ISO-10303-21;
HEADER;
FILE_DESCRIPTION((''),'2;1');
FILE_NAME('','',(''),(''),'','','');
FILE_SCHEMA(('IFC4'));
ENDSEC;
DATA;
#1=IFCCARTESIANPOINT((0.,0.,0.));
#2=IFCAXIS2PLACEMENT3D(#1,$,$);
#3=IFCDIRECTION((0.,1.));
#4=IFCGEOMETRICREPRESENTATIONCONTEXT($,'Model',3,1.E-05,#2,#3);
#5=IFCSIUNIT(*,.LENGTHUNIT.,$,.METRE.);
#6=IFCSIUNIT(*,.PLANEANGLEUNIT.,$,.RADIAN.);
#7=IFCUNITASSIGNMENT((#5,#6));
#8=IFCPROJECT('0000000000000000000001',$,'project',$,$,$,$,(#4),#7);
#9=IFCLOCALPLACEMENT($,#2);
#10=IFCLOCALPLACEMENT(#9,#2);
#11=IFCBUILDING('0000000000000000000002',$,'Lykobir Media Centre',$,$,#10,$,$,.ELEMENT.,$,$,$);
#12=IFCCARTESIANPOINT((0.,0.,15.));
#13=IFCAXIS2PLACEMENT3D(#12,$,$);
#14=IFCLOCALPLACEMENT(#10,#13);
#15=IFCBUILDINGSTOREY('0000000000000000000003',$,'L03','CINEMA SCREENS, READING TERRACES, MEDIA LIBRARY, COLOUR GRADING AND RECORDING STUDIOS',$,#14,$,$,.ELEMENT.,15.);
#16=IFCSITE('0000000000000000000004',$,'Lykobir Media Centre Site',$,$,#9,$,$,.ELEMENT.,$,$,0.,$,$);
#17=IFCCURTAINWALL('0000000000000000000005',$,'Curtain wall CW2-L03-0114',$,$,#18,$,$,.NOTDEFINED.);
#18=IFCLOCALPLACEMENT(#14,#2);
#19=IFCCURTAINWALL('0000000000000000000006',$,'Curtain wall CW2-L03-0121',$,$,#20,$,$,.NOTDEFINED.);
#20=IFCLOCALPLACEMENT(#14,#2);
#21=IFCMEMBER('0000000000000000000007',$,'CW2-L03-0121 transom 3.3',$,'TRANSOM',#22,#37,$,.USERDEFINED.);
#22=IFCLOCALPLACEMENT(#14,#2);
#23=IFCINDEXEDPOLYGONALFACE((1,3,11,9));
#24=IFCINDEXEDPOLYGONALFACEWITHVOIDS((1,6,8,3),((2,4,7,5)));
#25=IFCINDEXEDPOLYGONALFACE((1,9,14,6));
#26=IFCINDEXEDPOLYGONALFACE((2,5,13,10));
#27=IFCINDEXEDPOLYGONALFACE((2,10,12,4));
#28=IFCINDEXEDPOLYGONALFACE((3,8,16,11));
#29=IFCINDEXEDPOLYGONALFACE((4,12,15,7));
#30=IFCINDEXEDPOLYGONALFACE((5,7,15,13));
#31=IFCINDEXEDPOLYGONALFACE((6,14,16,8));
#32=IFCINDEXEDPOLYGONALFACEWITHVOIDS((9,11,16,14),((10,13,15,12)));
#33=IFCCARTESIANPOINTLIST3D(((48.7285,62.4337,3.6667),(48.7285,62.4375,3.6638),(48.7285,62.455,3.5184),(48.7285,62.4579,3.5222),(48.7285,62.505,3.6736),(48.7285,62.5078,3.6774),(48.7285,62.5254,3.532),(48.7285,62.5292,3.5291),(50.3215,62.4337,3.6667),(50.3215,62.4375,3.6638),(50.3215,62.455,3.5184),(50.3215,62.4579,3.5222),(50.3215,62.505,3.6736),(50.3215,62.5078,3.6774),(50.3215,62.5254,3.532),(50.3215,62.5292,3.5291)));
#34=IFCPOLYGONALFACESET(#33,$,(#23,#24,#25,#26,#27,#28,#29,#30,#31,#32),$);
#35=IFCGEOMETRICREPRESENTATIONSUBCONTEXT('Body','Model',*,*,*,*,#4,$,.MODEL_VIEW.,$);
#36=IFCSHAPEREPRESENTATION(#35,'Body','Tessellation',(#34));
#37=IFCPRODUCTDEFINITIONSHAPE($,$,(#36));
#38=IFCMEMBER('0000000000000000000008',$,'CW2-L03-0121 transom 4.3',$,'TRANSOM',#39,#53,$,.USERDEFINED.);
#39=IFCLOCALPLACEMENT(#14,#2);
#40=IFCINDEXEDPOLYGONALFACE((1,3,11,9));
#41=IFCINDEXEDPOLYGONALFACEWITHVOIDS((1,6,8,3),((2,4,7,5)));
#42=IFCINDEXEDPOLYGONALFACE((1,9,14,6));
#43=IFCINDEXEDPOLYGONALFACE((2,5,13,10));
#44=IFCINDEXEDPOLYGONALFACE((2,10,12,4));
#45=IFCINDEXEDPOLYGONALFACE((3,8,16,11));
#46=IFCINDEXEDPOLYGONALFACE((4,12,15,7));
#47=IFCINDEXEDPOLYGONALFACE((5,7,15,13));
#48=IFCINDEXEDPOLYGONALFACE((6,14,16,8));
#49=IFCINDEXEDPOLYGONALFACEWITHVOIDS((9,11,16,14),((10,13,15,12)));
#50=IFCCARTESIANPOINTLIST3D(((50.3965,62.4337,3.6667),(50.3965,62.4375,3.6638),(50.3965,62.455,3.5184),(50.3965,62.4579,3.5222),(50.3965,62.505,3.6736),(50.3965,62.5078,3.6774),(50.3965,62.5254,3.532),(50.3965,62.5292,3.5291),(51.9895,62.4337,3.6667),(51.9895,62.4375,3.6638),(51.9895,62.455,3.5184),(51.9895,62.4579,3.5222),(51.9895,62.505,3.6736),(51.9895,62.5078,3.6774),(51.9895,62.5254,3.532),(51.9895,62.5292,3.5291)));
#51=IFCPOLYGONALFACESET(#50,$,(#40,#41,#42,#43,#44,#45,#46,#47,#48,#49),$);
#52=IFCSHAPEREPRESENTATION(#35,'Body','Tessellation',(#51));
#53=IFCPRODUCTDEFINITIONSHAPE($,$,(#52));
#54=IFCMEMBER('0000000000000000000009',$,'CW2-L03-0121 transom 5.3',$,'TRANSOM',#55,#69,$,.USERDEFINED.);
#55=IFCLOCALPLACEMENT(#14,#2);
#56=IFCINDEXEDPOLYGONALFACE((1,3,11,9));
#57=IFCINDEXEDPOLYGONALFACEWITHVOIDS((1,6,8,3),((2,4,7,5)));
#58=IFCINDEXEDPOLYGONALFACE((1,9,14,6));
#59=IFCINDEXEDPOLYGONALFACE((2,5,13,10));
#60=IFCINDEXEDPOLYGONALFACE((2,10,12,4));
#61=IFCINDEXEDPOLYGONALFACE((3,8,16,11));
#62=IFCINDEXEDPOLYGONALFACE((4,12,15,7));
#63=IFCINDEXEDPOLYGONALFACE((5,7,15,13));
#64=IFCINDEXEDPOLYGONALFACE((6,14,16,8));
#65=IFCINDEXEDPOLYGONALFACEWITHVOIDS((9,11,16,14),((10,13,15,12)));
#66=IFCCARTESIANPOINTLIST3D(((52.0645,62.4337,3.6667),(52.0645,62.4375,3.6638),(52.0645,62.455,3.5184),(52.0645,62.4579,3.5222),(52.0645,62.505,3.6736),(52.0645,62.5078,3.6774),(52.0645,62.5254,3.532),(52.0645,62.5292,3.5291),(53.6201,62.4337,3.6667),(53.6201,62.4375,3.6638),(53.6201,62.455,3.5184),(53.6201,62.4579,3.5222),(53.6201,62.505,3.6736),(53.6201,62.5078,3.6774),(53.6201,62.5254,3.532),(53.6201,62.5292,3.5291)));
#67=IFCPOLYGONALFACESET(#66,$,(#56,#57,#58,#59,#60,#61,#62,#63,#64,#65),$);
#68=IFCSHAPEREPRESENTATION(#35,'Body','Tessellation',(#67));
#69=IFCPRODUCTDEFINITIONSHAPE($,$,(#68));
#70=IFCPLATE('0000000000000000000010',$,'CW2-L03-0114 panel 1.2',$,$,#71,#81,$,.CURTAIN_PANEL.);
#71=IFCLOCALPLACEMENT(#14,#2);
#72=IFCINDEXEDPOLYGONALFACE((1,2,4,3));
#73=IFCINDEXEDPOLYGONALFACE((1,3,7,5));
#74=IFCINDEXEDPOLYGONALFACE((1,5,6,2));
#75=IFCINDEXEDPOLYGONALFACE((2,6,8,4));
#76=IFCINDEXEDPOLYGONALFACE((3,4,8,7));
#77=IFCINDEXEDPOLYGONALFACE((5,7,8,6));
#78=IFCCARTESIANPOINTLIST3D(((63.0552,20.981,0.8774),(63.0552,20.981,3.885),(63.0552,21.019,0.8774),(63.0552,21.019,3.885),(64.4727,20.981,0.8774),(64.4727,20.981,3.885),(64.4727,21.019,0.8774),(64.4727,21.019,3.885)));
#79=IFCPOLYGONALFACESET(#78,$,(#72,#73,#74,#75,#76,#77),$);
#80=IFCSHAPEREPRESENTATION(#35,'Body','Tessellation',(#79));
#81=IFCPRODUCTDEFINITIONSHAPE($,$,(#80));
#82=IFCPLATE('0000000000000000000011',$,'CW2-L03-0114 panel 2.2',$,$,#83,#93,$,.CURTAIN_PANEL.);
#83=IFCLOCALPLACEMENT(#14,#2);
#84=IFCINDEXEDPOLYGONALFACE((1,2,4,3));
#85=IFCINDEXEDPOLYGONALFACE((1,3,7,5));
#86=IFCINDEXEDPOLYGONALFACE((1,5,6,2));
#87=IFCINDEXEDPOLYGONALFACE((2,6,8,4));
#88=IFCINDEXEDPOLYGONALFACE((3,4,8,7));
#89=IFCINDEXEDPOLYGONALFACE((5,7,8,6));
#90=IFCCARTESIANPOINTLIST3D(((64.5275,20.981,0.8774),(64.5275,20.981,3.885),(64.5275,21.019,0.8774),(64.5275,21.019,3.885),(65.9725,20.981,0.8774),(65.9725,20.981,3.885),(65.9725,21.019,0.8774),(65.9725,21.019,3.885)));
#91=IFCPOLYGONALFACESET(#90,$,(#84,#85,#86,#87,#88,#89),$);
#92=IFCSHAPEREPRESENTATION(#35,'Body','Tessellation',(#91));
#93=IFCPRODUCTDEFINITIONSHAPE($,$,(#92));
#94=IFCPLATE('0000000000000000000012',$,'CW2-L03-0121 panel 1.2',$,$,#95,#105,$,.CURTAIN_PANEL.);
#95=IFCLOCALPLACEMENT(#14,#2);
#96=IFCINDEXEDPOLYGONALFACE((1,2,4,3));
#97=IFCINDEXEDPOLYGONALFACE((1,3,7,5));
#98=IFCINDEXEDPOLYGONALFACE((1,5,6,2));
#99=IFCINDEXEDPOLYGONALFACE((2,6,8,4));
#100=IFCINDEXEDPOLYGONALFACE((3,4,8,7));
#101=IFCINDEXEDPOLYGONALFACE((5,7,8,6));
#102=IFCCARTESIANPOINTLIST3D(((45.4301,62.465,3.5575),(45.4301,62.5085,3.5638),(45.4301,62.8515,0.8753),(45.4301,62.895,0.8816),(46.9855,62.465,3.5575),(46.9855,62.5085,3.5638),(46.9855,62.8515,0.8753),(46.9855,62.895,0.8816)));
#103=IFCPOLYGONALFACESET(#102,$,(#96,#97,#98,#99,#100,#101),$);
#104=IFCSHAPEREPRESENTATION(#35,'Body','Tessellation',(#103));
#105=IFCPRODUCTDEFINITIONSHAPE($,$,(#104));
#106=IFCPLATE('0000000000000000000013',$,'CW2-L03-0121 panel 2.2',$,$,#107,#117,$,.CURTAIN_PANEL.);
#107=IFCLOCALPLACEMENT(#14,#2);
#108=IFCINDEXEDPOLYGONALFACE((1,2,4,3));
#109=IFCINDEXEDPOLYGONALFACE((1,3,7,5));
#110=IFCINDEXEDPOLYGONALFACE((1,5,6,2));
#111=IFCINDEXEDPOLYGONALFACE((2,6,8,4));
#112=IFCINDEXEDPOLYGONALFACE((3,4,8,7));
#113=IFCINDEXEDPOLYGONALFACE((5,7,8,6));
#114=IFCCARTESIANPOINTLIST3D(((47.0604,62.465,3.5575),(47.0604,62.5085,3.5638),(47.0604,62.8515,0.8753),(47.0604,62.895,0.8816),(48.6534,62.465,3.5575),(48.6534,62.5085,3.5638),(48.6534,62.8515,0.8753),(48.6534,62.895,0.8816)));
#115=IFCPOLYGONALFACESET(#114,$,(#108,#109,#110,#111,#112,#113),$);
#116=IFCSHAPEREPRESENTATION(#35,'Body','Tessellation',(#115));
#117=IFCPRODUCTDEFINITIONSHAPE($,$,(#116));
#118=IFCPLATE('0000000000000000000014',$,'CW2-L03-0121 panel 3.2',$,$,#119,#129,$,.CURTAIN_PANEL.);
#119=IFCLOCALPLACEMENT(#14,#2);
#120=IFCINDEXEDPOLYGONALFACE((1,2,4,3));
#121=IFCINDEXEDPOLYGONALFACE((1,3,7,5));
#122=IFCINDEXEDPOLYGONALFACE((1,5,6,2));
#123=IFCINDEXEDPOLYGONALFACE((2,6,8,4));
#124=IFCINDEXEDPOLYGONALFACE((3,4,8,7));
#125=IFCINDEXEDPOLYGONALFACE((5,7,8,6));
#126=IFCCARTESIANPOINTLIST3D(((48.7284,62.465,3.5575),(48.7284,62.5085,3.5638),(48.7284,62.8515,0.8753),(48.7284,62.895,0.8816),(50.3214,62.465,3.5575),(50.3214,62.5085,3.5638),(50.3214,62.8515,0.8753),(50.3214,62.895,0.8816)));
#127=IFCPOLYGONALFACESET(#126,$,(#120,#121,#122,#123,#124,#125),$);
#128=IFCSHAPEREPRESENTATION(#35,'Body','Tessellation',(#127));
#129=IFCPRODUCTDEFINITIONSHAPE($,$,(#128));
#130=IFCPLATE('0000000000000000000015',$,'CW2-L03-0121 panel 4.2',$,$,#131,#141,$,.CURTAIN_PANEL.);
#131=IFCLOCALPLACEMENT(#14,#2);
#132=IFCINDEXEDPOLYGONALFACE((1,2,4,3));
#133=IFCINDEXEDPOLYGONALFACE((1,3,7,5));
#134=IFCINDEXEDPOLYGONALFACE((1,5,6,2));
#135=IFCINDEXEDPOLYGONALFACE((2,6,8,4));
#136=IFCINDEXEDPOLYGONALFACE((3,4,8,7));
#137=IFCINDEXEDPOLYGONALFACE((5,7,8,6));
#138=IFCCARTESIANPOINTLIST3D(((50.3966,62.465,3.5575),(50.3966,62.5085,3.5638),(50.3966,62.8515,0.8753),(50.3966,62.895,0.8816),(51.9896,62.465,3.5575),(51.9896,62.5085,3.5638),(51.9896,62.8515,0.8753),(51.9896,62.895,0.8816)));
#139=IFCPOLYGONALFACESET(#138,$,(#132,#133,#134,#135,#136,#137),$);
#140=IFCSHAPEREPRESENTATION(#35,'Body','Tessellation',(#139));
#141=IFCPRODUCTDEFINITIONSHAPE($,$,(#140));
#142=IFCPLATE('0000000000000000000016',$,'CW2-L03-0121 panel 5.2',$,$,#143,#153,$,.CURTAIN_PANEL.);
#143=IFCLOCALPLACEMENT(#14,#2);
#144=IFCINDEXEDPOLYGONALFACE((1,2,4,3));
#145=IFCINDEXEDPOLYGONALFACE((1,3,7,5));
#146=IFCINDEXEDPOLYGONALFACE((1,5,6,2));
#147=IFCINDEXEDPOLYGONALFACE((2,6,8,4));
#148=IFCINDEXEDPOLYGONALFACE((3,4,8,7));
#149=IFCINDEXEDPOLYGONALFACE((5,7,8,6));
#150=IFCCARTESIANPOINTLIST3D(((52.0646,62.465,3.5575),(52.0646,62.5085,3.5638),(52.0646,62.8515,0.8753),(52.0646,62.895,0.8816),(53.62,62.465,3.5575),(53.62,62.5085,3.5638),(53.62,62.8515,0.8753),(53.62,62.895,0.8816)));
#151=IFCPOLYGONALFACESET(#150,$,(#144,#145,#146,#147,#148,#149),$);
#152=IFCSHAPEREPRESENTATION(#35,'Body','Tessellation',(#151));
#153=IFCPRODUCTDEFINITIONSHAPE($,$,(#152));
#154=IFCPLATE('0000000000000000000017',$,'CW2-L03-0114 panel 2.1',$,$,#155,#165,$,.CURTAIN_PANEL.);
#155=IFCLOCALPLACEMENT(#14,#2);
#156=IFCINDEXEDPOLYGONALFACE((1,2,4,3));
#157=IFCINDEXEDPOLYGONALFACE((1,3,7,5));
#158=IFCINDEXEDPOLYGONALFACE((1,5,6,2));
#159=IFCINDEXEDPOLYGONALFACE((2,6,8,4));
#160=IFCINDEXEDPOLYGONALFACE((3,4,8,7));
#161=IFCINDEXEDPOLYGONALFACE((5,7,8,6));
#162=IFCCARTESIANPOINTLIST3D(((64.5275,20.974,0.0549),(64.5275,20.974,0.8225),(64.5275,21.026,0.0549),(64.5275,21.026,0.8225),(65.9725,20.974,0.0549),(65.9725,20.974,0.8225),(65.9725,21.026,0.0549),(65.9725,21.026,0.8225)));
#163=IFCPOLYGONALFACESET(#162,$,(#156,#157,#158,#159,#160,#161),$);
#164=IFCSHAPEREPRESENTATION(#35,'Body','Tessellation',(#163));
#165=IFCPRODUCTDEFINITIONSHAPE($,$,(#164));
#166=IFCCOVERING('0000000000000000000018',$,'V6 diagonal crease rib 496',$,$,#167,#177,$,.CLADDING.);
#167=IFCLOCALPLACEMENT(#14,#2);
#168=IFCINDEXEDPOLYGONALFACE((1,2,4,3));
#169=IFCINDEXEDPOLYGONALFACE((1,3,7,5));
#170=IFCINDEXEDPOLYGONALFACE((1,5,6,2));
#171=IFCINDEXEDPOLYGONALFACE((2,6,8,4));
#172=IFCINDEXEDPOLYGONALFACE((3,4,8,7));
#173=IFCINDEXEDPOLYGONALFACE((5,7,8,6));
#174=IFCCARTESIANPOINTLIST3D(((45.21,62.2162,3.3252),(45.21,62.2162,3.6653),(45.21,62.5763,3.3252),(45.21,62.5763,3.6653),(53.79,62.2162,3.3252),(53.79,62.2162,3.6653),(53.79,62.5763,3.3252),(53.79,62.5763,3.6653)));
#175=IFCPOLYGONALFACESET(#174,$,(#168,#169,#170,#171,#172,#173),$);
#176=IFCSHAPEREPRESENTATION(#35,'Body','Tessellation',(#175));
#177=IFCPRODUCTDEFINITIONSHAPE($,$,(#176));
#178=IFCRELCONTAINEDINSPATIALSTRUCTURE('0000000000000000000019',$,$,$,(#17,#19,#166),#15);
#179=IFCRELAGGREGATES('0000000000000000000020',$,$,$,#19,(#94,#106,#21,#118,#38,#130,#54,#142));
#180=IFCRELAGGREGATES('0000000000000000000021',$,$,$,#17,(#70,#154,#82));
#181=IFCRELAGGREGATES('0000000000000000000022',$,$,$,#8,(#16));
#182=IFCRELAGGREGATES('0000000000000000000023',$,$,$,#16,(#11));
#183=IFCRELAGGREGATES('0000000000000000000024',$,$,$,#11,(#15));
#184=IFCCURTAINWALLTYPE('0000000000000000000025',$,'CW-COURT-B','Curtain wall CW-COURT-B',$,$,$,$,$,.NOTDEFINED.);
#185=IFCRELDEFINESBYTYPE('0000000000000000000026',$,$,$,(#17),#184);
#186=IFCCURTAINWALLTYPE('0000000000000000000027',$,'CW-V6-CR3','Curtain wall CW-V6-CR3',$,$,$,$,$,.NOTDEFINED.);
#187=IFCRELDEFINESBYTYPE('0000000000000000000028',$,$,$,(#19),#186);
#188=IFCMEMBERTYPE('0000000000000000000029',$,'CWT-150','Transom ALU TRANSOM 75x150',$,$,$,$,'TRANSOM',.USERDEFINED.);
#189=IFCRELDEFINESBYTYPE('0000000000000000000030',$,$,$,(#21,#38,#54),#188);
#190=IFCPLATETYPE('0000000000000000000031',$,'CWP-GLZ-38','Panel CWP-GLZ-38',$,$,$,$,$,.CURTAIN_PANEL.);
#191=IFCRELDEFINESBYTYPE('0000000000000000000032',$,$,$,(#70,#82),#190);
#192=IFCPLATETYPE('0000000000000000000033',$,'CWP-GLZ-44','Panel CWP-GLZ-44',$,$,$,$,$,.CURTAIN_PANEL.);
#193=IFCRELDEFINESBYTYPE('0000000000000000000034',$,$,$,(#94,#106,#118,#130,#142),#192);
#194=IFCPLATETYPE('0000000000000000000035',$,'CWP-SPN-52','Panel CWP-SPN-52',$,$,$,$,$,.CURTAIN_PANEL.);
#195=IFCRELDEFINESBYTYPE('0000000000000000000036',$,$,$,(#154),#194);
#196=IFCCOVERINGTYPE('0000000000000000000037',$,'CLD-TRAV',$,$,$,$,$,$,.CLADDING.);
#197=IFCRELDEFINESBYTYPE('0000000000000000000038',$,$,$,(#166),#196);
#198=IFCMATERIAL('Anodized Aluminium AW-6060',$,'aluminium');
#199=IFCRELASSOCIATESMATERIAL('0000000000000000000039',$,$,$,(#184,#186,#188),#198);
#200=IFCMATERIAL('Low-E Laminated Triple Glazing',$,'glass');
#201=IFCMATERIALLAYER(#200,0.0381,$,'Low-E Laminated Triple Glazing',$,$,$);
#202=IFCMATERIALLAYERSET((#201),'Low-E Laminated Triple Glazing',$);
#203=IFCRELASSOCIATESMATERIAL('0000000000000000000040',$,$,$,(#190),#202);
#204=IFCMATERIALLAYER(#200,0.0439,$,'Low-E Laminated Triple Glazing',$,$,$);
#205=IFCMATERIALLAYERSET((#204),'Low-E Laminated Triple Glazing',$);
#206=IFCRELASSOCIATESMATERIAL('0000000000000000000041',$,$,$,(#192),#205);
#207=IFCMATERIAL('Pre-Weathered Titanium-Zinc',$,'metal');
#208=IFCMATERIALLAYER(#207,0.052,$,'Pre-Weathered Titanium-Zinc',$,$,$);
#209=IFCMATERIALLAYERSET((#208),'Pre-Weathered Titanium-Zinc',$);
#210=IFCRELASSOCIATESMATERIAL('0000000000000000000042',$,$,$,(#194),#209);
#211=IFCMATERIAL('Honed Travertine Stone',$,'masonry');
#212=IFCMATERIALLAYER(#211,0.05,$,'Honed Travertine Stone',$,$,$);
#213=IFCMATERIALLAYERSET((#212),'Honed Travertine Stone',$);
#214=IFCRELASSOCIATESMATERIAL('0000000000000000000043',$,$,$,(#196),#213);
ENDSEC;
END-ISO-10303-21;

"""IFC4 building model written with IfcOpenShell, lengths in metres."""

from ifc_helpers import new_model, si_unit, direction, frame, origin, origin_2d, place, context, subcontext, project, spatial, rectangle, hollow_rectangle, extrude, material, layer, layer_set, material_profile, profile_set, type_object, element, aggregate, save


model = new_model("IFC4")

# Units and contexts
model_context = context("Model", 3, precision=1e-05, world=origin(), true_north=direction((0.0, 1.0)))
body_context = subcontext(model_context, "Body", "Model", "MODEL_VIEW")
ifc_project = project(units=[si_unit("LENGTHUNIT", "METRE"), si_unit("PLANEANGLEUNIT", "RADIAN")], contexts=[model_context])

# Site, building, storey
site_placement = place(None, origin())
site = spatial("IfcSite", under=ifc_project, at=site_placement, Name="Lykobir Media Centre Site", CompositionType="ELEMENT", RefElevation=0.0)
building_placement = place(site_placement, origin())
building = spatial("IfcBuilding", under=site, at=building_placement, Name="Lykobir Media Centre", CompositionType="ELEMENT")
storey_placement = place(building_placement, frame((0.0, 0.0, 15.0)))
storey = spatial("IfcBuildingStorey", under=building, at=storey_placement, Name="L03", Description="CINEMA SCREENS, READING TERRACES, MEDIA LIBRARY, COLOUR GRADING AND RECORDING STUDIOS", CompositionType="ELEMENT", Elevation=15.0)

# Curtain walls, members
ifc_material_1 = material(Name="Anodized Aluminium AW-6060", Category="aluminium")
curtain_wall_type_1 = type_object("IfcCurtainWallType", Name="CW-COURT-B", Description="Curtain wall CW-COURT-B", PredefinedType="NOTDEFINED", material=ifc_material_1)
curtain_wall_1_placement = place(storey_placement, origin())
curtain_wall_1 = element("IfcCurtainWall", 1, at=curtain_wall_1_placement, inside=storey, type_object=curtain_wall_type_1, Name="Curtain wall CW2-L03-0114", PredefinedType="NOTDEFINED")
curtain_wall_type_2 = type_object("IfcCurtainWallType", Name="CW-V6-CR3", Description="Curtain wall CW-V6-CR3", PredefinedType="NOTDEFINED", material=ifc_material_1)
curtain_wall_2_placement = place(storey_placement, origin())
curtain_wall_2 = element("IfcCurtainWall", 2, at=curtain_wall_2_placement, inside=storey, type_object=curtain_wall_type_2, Name="Curtain wall CW2-L03-0121", PredefinedType="NOTDEFINED")
ifc_material_profile_1 = material_profile(ifc_material_1, hollow_rectangle(XDim=0.075, YDim=0.1499, WallThickness=0.0034, at=origin_2d()), Name="ALU TRANSOM 75x150")
ifc_profile_set_1 = profile_set([ifc_material_profile_1], Name="Anodized Aluminium AW-6060")
member_type_1 = type_object("IfcMemberType", Name="CWT-150", Description="Transom ALU TRANSOM 75x150", ElementType="TRANSOM", PredefinedType="USERDEFINED", material=ifc_profile_set_1)
member_1_placement = place(storey_placement, frame((48.7285, 62.4814, 3.5979), z_axis=(1.0, 0.0, 0.0), x_axis=(0.0, 0.989776, 0.142629)))
member_1 = element("IfcMember", 3, at=member_1_placement, type_object=member_type_1, Name="CW2-L03-0121 transom 3.3", ObjectType="TRANSOM", PredefinedType="USERDEFINED", context=body_context, shape_type="SweptSolid", body=[
    extrude(hollow_rectangle(XDim=0.075, YDim=0.1499, WallThickness=0.0034, at=origin_2d()), origin(), (0.0, 0.0, 1.0), 1.593),
])
member_2_placement = place(storey_placement, frame((50.3965, 62.4814, 3.5979), z_axis=(1.0, 0.0, 0.0), x_axis=(0.0, 0.989776, 0.142629)))
member_2 = element("IfcMember", 4, at=member_2_placement, type_object=member_type_1, Name="CW2-L03-0121 transom 4.3", ObjectType="TRANSOM", PredefinedType="USERDEFINED", context=body_context, shape_type="SweptSolid", body=[
    extrude(hollow_rectangle(XDim=0.075, YDim=0.1499, WallThickness=0.0034, at=origin_2d()), origin(), (0.0, 0.0, 1.0), 1.593),
])
member_3_placement = place(storey_placement, frame((52.0645, 62.4814, 3.5979), z_axis=(1.0, 0.0, 0.0), x_axis=(0.0, 0.989776, 0.142629)))
member_3 = element("IfcMember", 5, at=member_3_placement, type_object=member_type_1, Name="CW2-L03-0121 transom 5.3", ObjectType="TRANSOM", PredefinedType="USERDEFINED", context=body_context, shape_type="SweptSolid", body=[
    extrude(hollow_rectangle(XDim=0.075, YDim=0.1499, WallThickness=0.0034, at=origin_2d()), origin(), (0.0, 0.0, 1.0), 1.5557),
])

# Plates
ifc_material_2 = material(Name="Low-E Laminated Triple Glazing", Category="glass")
ifc_layer_1 = layer(ifc_material_2, 0.0381, Name="Low-E Laminated Triple Glazing")
ifc_layer_set_1 = layer_set([ifc_layer_1], Name="Low-E Laminated Triple Glazing")
plate_type_1 = type_object("IfcPlateType", Name="CWP-GLZ-38", Description="Panel CWP-GLZ-38", PredefinedType="CURTAIN_PANEL", material=ifc_layer_set_1)
plate_1_placement = place(storey_placement, frame((63.7639, 21.0, 0.8774), z_axis=(0.0, 0.0, 1.0), x_axis=(1.0, 0.0, 0.0)))
plate_1 = element("IfcPlate", 6, at=plate_1_placement, type_object=plate_type_1, Name="CW2-L03-0114 panel 1.2", PredefinedType="CURTAIN_PANEL", context=body_context, shape_type="SweptSolid", body=[
    extrude(rectangle(XDim=1.4175, YDim=0.0381, at=origin_2d()), origin(), (0.0, 0.0, 1.0), 3.0076),
])
plate_2_placement = place(storey_placement, frame((65.25, 21.0, 0.8774), z_axis=(0.0, 0.0, 1.0), x_axis=(1.0, 0.0, 0.0)))
plate_2 = element("IfcPlate", 7, at=plate_2_placement, type_object=plate_type_1, Name="CW2-L03-0114 panel 2.2", PredefinedType="CURTAIN_PANEL", context=body_context, shape_type="SweptSolid", body=[
    extrude(rectangle(XDim=1.4451, YDim=0.0381, at=origin_2d()), origin(), (0.0, 0.0, 1.0), 3.0076),
])
ifc_layer_2 = layer(ifc_material_2, 0.0439, Name="Low-E Laminated Triple Glazing")
ifc_layer_set_2 = layer_set([ifc_layer_2], Name="Low-E Laminated Triple Glazing")
plate_type_2 = type_object("IfcPlateType", Name="CWP-GLZ-44", Description="Panel CWP-GLZ-44", PredefinedType="CURTAIN_PANEL", material=ifc_layer_set_2)
plate_3_placement = place(storey_placement, frame((46.2078, 62.8733, 0.8784), z_axis=(0.0, -0.142629, 0.989776), x_axis=(1.0, 0.0, 0.0)))
plate_3 = element("IfcPlate", 8, at=plate_3_placement, type_object=plate_type_2, Name="CW2-L03-0121 panel 1.2", PredefinedType="CURTAIN_PANEL", context=body_context, shape_type="SweptSolid", body=[
    extrude(rectangle(XDim=1.5554, YDim=0.0439, at=origin_2d()), origin(), (0.0, 0.0, 1.0), 2.71),
])
plate_4_placement = place(storey_placement, frame((47.8569, 62.8733, 0.8784), z_axis=(0.0, -0.142629, 0.989776), x_axis=(1.0, 0.0, 0.0)))
plate_4 = element("IfcPlate", 9, at=plate_4_placement, type_object=plate_type_2, Name="CW2-L03-0121 panel 2.2", PredefinedType="CURTAIN_PANEL", context=body_context, shape_type="SweptSolid", body=[
    extrude(rectangle(XDim=1.593, YDim=0.0439, at=origin_2d()), origin(), (0.0, 0.0, 1.0), 2.71),
])
plate_5_placement = place(storey_placement, frame((49.5249, 62.8733, 0.8784), z_axis=(0.0, -0.142629, 0.989776), x_axis=(1.0, 0.0, 0.0)))
plate_5 = element("IfcPlate", 10, at=plate_5_placement, type_object=plate_type_2, Name="CW2-L03-0121 panel 3.2", PredefinedType="CURTAIN_PANEL", context=body_context, shape_type="SweptSolid", body=[
    extrude(rectangle(XDim=1.593, YDim=0.0439, at=origin_2d()), origin(), (0.0, 0.0, 1.0), 2.71),
])
plate_6_placement = place(storey_placement, frame((51.1931, 62.8733, 0.8784), z_axis=(0.0, -0.142629, 0.989776), x_axis=(1.0, 0.0, 0.0)))
plate_6 = element("IfcPlate", 11, at=plate_6_placement, type_object=plate_type_2, Name="CW2-L03-0121 panel 4.2", PredefinedType="CURTAIN_PANEL", context=body_context, shape_type="SweptSolid", body=[
    extrude(rectangle(XDim=1.593, YDim=0.0439, at=origin_2d()), origin(), (0.0, 0.0, 1.0), 2.71),
])
plate_7_placement = place(storey_placement, frame((52.8423, 62.8733, 0.8784), z_axis=(0.0, -0.142629, 0.989776), x_axis=(1.0, 0.0, 0.0)))
plate_7 = element("IfcPlate", 12, at=plate_7_placement, type_object=plate_type_2, Name="CW2-L03-0121 panel 5.2", PredefinedType="CURTAIN_PANEL", context=body_context, shape_type="SweptSolid", body=[
    extrude(rectangle(XDim=1.5554, YDim=0.0439, at=origin_2d()), origin(), (0.0, 0.0, 1.0), 2.71),
])
aggregate(curtain_wall_2, [plate_3, plate_4, member_1, plate_5, member_2, plate_6, member_3, plate_7])
ifc_material_3 = material(Name="Pre-Weathered Titanium-Zinc", Category="metal")
ifc_layer_3 = layer(ifc_material_3, 0.052, Name="Pre-Weathered Titanium-Zinc")
ifc_layer_set_3 = layer_set([ifc_layer_3], Name="Pre-Weathered Titanium-Zinc")
plate_type_3 = type_object("IfcPlateType", Name="CWP-SPN-52", Description="Panel CWP-SPN-52", PredefinedType="CURTAIN_PANEL", material=ifc_layer_set_3)
plate_8_placement = place(storey_placement, frame((65.25, 21.0, 0.0549), z_axis=(0.0, 0.0, 1.0), x_axis=(1.0, 0.0, 0.0)))
plate_8 = element("IfcPlate", 13, at=plate_8_placement, type_object=plate_type_3, Name="CW2-L03-0114 panel 2.1", PredefinedType="CURTAIN_PANEL", context=body_context, shape_type="SweptSolid", body=[
    extrude(rectangle(XDim=1.4451, YDim=0.052, at=origin_2d()), origin(), (0.0, 0.0, 1.0), 0.7676),
])
aggregate(curtain_wall_1, [plate_1, plate_8, plate_2])

# Covering
ifc_material_4 = material(Name="Honed Travertine Stone", Category="masonry")
ifc_layer_4 = layer(ifc_material_4, 0.05, Name="Honed Travertine Stone")
ifc_layer_set_4 = layer_set([ifc_layer_4], Name="Honed Travertine Stone")
covering_type = type_object("IfcCoveringType", Name="CLD-TRAV", PredefinedType="CLADDING", material=ifc_layer_set_4)
covering_placement = place(storey_placement, frame((49.5, 62.3962, 3.3252), z_axis=(0.0, 0.0, 1.0), x_axis=(1.0, 0.0, 0.0)))
element("IfcCovering", 14, at=covering_placement, inside=storey, type_object=covering_type, Name="V6 diagonal crease rib 496", PredefinedType="CLADDING", context=body_context, shape_type="SweptSolid", body=[
    extrude(rectangle(XDim=8.5801, YDim=0.3601, at=origin_2d()), origin(), (0.0, 0.0, 1.0), 0.3401),
])

save(model, "model.ifc")
